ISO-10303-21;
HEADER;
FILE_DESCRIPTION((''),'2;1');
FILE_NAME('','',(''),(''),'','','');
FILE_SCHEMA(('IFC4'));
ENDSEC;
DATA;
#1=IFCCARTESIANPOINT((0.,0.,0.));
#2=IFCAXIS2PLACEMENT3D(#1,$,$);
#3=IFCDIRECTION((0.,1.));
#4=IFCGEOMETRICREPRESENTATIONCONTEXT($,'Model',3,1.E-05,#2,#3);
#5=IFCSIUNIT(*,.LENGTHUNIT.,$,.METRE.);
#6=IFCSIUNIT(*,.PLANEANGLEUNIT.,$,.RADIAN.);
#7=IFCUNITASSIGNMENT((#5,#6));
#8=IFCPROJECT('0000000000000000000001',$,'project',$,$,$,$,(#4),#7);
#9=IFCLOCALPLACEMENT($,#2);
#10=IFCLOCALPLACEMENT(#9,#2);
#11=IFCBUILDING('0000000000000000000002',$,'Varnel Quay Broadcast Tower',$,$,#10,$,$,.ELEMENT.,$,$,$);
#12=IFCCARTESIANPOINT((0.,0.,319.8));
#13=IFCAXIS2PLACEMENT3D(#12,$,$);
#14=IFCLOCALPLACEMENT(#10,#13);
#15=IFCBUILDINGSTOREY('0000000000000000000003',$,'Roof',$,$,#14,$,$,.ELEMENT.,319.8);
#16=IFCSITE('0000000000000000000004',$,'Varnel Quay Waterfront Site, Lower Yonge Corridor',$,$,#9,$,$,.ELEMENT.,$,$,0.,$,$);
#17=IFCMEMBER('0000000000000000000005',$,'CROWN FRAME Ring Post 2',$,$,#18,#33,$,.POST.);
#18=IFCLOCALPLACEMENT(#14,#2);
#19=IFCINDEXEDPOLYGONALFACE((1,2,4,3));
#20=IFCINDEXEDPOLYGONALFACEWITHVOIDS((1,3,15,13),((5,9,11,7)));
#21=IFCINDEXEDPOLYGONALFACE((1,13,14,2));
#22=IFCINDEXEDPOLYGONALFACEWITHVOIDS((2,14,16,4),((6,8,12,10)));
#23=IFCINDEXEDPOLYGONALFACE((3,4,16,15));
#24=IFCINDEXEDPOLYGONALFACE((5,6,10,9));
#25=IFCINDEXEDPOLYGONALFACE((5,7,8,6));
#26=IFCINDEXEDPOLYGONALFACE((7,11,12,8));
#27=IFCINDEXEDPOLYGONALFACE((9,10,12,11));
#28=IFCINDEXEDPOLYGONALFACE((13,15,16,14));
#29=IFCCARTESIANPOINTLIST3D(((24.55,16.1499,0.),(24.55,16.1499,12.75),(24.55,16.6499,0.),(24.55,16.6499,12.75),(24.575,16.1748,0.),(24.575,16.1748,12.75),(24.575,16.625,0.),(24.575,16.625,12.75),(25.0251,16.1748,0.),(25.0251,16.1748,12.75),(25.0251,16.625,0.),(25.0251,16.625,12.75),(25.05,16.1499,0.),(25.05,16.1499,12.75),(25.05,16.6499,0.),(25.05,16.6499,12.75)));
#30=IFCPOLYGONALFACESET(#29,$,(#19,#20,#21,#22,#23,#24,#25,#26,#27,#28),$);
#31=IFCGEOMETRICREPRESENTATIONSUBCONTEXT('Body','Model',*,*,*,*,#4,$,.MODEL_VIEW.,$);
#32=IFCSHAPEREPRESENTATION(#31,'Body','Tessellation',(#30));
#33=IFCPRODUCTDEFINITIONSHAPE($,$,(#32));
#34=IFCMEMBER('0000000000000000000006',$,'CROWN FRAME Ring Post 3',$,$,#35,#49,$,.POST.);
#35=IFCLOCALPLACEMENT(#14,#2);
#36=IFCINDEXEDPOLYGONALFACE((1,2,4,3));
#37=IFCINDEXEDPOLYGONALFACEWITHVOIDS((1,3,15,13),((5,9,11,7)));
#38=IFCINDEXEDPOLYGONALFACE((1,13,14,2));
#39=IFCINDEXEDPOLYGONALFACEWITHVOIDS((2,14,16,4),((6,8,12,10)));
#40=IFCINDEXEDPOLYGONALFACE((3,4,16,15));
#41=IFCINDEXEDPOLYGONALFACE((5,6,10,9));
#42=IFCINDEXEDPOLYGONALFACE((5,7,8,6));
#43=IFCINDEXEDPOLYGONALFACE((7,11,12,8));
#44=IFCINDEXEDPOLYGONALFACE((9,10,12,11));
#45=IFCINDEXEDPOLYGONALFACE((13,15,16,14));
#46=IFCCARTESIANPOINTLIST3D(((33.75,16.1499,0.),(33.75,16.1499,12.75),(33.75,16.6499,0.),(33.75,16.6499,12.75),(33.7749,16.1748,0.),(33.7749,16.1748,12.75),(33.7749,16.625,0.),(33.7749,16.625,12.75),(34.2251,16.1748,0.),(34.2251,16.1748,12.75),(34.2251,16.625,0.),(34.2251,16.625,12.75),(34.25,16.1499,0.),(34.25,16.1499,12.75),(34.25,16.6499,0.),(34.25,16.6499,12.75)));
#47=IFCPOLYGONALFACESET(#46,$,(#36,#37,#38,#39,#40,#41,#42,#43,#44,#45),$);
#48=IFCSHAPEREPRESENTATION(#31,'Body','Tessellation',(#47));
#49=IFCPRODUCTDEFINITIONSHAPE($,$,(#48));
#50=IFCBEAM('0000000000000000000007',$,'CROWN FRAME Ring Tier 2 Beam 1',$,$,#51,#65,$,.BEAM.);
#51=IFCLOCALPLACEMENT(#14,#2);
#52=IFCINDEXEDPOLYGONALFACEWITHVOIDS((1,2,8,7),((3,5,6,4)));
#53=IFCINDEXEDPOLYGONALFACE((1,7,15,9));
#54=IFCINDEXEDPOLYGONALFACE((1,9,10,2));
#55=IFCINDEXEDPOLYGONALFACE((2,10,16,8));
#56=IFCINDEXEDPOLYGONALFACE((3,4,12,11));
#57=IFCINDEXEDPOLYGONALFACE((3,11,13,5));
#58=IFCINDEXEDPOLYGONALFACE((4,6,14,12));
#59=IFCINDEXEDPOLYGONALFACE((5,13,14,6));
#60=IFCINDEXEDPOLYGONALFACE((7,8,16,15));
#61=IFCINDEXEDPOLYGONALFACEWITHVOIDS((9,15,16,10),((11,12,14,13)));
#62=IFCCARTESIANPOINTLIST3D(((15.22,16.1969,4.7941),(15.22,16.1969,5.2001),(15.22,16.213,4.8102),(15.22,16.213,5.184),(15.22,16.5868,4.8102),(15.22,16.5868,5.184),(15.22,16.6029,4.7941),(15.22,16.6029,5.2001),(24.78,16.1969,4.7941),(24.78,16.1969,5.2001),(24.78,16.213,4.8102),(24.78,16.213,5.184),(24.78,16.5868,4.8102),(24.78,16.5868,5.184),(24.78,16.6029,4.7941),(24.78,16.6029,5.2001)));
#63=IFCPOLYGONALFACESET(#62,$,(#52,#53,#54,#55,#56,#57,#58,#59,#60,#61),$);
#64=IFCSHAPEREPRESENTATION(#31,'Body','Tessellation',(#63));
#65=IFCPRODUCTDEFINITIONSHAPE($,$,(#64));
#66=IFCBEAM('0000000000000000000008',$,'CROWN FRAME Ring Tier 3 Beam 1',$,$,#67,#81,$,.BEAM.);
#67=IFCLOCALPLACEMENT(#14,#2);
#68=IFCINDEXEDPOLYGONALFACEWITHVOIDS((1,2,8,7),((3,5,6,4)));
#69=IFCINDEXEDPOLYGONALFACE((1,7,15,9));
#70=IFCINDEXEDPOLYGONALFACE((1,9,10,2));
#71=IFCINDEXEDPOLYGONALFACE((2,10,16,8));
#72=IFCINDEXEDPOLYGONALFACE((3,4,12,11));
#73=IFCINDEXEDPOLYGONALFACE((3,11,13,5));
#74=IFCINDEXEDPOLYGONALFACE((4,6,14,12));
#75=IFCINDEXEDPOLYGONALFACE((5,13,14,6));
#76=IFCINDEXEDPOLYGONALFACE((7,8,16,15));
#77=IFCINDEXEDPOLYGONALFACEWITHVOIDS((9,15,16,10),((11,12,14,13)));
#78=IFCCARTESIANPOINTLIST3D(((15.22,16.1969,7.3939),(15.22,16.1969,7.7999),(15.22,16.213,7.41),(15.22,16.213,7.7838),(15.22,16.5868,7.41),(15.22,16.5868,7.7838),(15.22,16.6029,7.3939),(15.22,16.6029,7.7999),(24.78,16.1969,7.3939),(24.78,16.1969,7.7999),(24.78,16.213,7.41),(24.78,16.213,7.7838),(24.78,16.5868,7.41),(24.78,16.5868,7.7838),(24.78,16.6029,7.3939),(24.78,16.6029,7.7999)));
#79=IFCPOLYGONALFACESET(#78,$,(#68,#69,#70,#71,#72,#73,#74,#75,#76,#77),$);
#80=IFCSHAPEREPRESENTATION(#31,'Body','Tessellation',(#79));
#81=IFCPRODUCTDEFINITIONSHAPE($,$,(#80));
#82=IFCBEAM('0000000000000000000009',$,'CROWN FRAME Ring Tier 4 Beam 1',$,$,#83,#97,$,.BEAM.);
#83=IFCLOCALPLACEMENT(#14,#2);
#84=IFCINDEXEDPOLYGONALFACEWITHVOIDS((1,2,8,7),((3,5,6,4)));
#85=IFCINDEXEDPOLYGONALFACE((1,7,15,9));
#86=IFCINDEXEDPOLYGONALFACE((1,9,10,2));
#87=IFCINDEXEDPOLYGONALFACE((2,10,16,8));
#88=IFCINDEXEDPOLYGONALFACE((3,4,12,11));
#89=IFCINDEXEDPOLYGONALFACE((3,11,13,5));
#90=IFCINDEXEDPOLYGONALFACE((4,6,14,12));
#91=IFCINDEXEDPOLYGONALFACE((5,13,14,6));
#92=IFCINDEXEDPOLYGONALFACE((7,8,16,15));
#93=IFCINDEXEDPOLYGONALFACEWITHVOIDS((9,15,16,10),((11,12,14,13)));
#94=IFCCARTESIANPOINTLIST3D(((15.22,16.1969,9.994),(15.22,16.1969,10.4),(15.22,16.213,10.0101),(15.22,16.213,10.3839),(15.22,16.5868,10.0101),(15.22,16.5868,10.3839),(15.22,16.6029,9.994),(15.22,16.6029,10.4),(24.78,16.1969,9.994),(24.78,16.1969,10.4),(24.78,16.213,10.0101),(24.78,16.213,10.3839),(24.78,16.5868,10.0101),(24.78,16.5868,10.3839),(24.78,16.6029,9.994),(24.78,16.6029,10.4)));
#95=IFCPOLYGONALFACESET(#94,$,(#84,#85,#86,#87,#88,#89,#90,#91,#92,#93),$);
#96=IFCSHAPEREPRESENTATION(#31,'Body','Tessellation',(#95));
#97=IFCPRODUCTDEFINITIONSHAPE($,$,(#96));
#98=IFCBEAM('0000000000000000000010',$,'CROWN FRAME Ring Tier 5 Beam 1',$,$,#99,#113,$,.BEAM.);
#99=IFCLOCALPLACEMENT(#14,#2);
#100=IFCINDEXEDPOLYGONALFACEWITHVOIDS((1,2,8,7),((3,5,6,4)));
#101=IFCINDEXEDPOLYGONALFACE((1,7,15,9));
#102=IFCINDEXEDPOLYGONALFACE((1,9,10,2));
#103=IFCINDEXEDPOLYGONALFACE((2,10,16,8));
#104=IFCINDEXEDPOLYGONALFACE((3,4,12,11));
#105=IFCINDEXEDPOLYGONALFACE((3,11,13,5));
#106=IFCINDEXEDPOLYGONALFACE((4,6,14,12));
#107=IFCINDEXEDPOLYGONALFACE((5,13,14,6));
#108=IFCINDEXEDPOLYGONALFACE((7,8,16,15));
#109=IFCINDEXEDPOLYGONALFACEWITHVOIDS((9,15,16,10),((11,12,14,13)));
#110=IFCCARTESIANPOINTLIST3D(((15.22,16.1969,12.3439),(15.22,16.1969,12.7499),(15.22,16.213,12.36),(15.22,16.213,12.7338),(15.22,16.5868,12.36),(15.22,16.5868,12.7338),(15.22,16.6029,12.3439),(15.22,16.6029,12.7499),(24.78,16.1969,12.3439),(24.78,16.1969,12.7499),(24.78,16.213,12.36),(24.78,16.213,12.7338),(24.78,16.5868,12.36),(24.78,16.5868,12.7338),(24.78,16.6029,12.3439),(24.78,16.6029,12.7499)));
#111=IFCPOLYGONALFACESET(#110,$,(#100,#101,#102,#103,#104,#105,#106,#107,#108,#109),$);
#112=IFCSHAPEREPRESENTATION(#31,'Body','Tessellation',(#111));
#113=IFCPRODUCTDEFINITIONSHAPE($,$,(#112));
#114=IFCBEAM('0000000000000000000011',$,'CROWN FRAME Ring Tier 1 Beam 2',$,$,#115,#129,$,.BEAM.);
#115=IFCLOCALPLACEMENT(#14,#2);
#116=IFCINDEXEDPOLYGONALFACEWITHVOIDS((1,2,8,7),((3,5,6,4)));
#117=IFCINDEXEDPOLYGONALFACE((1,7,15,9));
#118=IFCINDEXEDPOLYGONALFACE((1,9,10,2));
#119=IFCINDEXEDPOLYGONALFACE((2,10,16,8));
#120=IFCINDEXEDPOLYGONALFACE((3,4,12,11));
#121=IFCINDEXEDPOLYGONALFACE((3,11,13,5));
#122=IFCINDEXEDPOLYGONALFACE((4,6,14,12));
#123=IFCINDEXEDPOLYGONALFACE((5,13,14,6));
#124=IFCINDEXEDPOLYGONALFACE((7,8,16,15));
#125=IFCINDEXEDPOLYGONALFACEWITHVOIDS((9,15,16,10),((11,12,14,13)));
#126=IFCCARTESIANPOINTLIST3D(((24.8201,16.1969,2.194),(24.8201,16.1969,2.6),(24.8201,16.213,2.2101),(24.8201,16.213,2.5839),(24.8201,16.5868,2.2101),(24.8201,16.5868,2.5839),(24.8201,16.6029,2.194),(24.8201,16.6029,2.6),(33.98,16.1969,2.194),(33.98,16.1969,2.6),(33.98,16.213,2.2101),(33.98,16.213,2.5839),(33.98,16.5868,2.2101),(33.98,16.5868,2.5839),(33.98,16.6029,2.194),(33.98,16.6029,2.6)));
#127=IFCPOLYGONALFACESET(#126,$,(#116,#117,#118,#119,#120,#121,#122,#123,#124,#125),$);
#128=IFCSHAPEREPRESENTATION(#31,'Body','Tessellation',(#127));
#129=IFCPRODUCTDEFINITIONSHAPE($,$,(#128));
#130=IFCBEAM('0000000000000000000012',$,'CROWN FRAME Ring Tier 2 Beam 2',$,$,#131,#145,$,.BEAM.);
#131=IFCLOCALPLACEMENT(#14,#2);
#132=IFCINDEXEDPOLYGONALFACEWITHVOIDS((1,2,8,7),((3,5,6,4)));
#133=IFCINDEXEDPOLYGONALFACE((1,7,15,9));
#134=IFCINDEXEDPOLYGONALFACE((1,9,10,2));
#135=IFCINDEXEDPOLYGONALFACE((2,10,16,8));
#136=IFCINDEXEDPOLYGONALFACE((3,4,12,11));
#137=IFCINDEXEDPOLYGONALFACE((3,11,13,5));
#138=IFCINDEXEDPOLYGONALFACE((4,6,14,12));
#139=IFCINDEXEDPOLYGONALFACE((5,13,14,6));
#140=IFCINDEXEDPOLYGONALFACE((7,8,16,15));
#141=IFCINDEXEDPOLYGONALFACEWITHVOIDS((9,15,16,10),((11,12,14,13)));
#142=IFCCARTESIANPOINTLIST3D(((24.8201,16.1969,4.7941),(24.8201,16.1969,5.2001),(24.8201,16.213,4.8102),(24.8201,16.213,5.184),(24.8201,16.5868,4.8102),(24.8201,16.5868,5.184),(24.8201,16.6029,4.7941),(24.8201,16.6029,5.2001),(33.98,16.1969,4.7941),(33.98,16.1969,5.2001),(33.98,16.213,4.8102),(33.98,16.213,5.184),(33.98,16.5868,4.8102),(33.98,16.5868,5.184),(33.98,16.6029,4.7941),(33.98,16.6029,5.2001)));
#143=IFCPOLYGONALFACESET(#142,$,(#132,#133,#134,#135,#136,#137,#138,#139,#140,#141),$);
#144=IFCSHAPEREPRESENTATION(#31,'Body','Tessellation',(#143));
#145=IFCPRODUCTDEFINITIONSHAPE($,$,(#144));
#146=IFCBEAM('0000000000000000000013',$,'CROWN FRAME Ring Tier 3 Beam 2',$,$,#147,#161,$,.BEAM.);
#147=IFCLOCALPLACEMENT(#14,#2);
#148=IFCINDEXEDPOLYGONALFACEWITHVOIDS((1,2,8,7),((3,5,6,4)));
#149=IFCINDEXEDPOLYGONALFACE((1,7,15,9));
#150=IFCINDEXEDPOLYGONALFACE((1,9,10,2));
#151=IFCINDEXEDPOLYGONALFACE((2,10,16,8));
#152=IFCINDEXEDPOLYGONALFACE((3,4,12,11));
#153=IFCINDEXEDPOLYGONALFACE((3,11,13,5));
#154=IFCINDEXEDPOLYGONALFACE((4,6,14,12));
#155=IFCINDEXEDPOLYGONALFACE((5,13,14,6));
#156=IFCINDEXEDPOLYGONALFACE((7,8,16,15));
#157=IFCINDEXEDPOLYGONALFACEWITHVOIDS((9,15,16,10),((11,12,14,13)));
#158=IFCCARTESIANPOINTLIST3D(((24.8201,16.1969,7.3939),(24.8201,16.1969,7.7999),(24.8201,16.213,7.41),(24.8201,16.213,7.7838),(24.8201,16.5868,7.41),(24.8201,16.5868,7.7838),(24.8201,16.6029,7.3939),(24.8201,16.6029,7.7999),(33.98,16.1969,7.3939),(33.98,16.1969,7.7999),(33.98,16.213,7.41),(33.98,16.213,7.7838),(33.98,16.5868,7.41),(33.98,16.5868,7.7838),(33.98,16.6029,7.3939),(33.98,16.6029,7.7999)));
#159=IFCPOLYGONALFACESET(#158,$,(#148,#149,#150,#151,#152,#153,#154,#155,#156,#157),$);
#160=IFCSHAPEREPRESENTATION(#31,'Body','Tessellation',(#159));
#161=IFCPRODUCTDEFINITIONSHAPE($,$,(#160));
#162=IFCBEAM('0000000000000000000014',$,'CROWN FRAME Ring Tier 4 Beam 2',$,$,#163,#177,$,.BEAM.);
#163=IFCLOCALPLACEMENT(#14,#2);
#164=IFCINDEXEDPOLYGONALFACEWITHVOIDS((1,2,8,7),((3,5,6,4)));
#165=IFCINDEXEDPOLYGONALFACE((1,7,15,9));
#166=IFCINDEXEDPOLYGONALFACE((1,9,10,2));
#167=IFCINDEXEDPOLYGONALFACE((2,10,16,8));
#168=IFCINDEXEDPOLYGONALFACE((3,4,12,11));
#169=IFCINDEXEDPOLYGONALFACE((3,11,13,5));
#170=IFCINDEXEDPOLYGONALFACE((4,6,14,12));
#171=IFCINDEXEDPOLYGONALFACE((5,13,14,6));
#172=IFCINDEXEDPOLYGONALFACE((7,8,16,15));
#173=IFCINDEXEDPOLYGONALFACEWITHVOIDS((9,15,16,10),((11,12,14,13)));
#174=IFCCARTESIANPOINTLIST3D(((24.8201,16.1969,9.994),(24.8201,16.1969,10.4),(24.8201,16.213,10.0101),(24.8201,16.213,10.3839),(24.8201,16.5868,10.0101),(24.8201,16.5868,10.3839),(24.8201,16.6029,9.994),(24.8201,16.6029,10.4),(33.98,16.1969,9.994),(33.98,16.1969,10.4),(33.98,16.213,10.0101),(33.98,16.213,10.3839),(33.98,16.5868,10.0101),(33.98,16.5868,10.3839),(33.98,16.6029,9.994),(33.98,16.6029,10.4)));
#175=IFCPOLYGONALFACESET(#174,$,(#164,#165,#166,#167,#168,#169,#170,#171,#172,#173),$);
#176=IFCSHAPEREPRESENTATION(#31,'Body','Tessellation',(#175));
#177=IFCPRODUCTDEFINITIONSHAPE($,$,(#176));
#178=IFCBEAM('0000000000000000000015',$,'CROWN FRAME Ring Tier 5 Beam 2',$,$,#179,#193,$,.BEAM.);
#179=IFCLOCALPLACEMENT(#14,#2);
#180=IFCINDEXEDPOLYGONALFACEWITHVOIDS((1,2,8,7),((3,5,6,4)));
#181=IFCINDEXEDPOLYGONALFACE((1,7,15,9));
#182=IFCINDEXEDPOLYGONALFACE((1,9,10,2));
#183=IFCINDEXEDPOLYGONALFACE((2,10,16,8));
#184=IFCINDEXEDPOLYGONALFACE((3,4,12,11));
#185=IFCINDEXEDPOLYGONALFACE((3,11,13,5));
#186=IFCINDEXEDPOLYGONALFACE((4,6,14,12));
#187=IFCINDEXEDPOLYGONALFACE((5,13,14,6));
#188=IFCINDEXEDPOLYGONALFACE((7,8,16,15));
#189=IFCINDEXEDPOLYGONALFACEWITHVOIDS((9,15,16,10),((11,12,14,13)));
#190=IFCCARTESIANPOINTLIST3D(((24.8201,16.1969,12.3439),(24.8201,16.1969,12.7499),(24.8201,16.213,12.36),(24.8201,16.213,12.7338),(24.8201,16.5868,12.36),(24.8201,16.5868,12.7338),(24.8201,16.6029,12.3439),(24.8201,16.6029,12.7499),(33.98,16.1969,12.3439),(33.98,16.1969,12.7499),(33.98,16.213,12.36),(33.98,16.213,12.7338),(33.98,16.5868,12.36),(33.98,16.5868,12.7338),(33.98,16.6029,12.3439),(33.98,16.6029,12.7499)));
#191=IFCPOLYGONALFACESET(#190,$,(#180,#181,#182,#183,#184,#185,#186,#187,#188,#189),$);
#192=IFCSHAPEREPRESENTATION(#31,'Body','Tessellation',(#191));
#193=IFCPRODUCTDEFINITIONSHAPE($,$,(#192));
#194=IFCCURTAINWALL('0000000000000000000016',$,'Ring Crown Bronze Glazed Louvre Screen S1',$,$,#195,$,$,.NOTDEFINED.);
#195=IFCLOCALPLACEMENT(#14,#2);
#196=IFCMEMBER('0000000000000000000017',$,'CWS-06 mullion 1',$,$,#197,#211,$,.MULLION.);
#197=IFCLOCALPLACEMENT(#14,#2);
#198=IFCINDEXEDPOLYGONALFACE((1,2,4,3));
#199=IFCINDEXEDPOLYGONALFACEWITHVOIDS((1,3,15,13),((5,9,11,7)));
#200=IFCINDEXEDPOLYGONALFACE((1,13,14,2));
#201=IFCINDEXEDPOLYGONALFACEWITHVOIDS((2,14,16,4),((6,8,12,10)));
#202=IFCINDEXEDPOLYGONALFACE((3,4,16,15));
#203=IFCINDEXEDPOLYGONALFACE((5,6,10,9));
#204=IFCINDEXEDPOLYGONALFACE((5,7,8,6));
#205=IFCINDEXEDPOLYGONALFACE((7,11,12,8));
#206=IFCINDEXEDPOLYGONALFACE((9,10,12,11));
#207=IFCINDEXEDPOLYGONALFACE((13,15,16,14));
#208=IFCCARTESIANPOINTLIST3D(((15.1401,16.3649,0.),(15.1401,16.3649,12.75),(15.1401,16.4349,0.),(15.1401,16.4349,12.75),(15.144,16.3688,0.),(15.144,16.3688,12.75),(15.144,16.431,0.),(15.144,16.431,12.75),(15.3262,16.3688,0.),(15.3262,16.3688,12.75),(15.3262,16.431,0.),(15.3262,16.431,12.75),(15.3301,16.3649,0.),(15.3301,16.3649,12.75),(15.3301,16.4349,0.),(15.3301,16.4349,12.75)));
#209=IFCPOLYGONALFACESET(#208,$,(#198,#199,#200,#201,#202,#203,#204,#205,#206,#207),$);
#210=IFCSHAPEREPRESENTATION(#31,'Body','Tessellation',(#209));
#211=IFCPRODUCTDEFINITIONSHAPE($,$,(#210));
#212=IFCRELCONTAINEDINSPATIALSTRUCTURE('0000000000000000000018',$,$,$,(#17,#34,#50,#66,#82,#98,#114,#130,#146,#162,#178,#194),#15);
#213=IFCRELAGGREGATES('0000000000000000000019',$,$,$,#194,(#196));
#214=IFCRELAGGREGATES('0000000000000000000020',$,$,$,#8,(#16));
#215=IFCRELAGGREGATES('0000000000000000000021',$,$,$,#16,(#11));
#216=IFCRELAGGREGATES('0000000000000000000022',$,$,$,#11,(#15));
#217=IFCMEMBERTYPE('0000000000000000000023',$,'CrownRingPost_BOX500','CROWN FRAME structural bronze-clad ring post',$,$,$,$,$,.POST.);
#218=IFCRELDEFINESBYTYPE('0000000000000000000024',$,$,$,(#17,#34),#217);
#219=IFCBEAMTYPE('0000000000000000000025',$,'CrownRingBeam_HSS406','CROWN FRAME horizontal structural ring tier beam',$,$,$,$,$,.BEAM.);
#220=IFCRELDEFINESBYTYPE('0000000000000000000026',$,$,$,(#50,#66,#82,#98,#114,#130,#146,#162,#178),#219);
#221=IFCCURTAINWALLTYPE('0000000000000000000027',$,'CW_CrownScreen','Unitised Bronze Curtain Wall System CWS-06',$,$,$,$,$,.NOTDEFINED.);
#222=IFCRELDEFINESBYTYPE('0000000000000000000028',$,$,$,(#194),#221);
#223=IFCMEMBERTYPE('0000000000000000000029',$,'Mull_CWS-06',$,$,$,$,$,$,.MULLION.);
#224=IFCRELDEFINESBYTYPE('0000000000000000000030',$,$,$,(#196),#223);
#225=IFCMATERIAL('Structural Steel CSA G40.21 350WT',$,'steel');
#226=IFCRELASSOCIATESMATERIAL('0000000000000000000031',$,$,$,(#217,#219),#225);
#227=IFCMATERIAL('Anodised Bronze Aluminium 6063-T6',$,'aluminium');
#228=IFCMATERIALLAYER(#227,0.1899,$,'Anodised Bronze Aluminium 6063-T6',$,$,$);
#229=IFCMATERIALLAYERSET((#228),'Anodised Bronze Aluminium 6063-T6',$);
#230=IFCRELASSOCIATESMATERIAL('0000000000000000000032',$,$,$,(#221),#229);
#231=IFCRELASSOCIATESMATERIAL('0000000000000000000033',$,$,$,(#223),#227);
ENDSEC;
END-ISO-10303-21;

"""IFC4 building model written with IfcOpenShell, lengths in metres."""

from ifc_helpers import new_model, si_unit, direction, frame, origin, origin_2d, place, context, subcontext, project, spatial, hollow_rectangle, extrude, source, transform, mapped, material, layer, layer_set, material_profile, profile_set, type_object, type_shapes, element, aggregate, save


model = new_model("IFC4")

# Units and contexts
model_context = context("Model", 3, precision=1e-05, world=origin(), true_north=direction((0.0, 1.0)))
body_context = subcontext(model_context, "Body", "Model", "MODEL_VIEW")
ifc_project = project(units=[si_unit("LENGTHUNIT", "METRE"), si_unit("PLANEANGLEUNIT", "RADIAN")], contexts=[model_context])

# Site, building, storey
site_placement = place(None, origin())
site = spatial("IfcSite", under=ifc_project, at=site_placement, Name="Varnel Quay Waterfront Site, Lower Yonge Corridor", CompositionType="ELEMENT", RefElevation=0.0)
building_placement = place(site_placement, origin())
building = spatial("IfcBuilding", under=site, at=building_placement, Name="Varnel Quay Broadcast Tower", CompositionType="ELEMENT")
storey_placement = place(building_placement, frame((0.0, 0.0, 319.8)))
storey = spatial("IfcBuildingStorey", under=building, at=storey_placement, Name="Roof", CompositionType="ELEMENT", Elevation=319.8)

# Members
ifc_material_1 = material(Name="Structural Steel CSA G40.21 350WT", Category="steel")
ifc_material_profile_1 = material_profile(ifc_material_1, hollow_rectangle(XDim=0.5, YDim=0.5, WallThickness=0.0249, at=origin_2d()), Name="BOX500X500X25")
ifc_profile_set_1 = profile_set([ifc_material_profile_1], Name="Structural Steel CSA G40.21 350WT")
member_type_1 = type_object("IfcMemberType", Name="CrownRingPost_BOX500", Description="CROWN FRAME structural bronze-clad ring post", PredefinedType="POST", material=ifc_profile_set_1)
shared_shape_1 = source(origin(), body_context, "Body", "SweptSolid", [
    extrude(hollow_rectangle(XDim=0.5, YDim=0.5, WallThickness=0.0249, at=origin_2d()), origin(), (0.0, 0.0, 1.0), 12.75),
])
type_shapes(member_type_1, [shared_shape_1])
for number, where, z_axis, x_axis, name in (
    (1, (24.8, 16.3999, 0.0), (0.0, 0.0, 1.0), (1.0, 0.0, 0.0), "CROWN FRAME Ring Post 2"),
    (2, (34.0, 16.3999, 0.0), (0.0, 0.0, 1.0), (1.0, 0.0, 0.0), "CROWN FRAME Ring Post 3"),
):
    element("IfcMember", number, at=place(storey_placement, frame(where, z_axis=z_axis, x_axis=x_axis)), inside=storey, type_object=member_type_1, Name=name, PredefinedType="POST", context=body_context, shape_type="MappedRepresentation", body=[
        mapped(shared_shape_1, transform((0.0, 0.0, 0.0), x_axis=(1.0, 0.0, 0.0), y_axis=(0.0, 1.0, 0.0), z_axis=(0.0, 0.0, 1.0), scale=1.0)),
    ])

# Beams
ifc_material_profile_2 = material_profile(ifc_material_1, hollow_rectangle(XDim=0.406, YDim=0.406, WallThickness=0.0161, at=origin_2d()), Name="HSS406X406X16")
ifc_profile_set_2 = profile_set([ifc_material_profile_2], Name="Structural Steel CSA G40.21 350WT")
beam_type = type_object("IfcBeamType", Name="CrownRingBeam_HSS406", Description="CROWN FRAME horizontal structural ring tier beam", PredefinedType="BEAM", material=ifc_profile_set_2)
shared_shape_2 = source(origin(), body_context, "Body", "SweptSolid", [
    extrude(hollow_rectangle(XDim=0.406, YDim=0.406, WallThickness=0.0161, at=origin_2d()), origin(), (0.0, 0.0, 1.0), 9.5601),
])
for number, where, z_axis, x_axis, name in (
    (3, (15.22, 16.3999, 4.9971), (1.0, 0.0, 0.0), (0.0, 1.0, 0.0), "CROWN FRAME Ring Tier 2 Beam 1"),
    (4, (15.22, 16.3999, 7.5969), (1.0, 0.0, 0.0), (0.0, 1.0, 0.0), "CROWN FRAME Ring Tier 3 Beam 1"),
    (5, (15.22, 16.3999, 10.197), (1.0, 0.0, 0.0), (0.0, 1.0, 0.0), "CROWN FRAME Ring Tier 4 Beam 1"),
    (6, (15.22, 16.3999, 12.5469), (1.0, 0.0, 0.0), (0.0, 1.0, 0.0), "CROWN FRAME Ring Tier 5 Beam 1"),
):
    element("IfcBeam", number, at=place(storey_placement, frame(where, z_axis=z_axis, x_axis=x_axis)), inside=storey, type_object=beam_type, Name=name, PredefinedType="BEAM", context=body_context, shape_type="MappedRepresentation", body=[
        mapped(shared_shape_2, transform((0.0, 0.0, 0.0), x_axis=(1.0, 0.0, 0.0), y_axis=(0.0, 1.0, 0.0), z_axis=(0.0, 0.0, 1.0), scale=1.0)),
    ])
shared_shape_3 = source(origin(), body_context, "Body", "SweptSolid", [
    extrude(hollow_rectangle(XDim=0.406, YDim=0.406, WallThickness=0.0161, at=origin_2d()), origin(), (0.0, 0.0, 1.0), 9.1599),
])
type_shapes(beam_type, [shared_shape_2, shared_shape_3])
for number, where, z_axis, x_axis, name in (
    (7, (24.8201, 16.3999, 2.397), (1.0, 0.0, 0.0), (0.0, 1.0, 0.0), "CROWN FRAME Ring Tier 1 Beam 2"),
    (8, (24.8201, 16.3999, 4.9971), (1.0, 0.0, 0.0), (0.0, 1.0, 0.0), "CROWN FRAME Ring Tier 2 Beam 2"),
    (9, (24.8201, 16.3999, 7.5969), (1.0, 0.0, 0.0), (0.0, 1.0, 0.0), "CROWN FRAME Ring Tier 3 Beam 2"),
    (10, (24.8201, 16.3999, 10.197), (1.0, 0.0, 0.0), (0.0, 1.0, 0.0), "CROWN FRAME Ring Tier 4 Beam 2"),
    (11, (24.8201, 16.3999, 12.5469), (1.0, 0.0, 0.0), (0.0, 1.0, 0.0), "CROWN FRAME Ring Tier 5 Beam 2"),
):
    element("IfcBeam", number, at=place(storey_placement, frame(where, z_axis=z_axis, x_axis=x_axis)), inside=storey, type_object=beam_type, Name=name, PredefinedType="BEAM", context=body_context, shape_type="MappedRepresentation", body=[
        mapped(shared_shape_3, transform((0.0, 0.0, 0.0), x_axis=(1.0, 0.0, 0.0), y_axis=(0.0, 1.0, 0.0), z_axis=(0.0, 0.0, 1.0), scale=1.0)),
    ])

# Curtain wall, member
ifc_material_2 = material(Name="Anodised Bronze Aluminium 6063-T6", Category="aluminium")
ifc_layer_1 = layer(ifc_material_2, 0.1899, Name="Anodised Bronze Aluminium 6063-T6")
ifc_layer_set_1 = layer_set([ifc_layer_1], Name="Anodised Bronze Aluminium 6063-T6")
curtain_wall_type = type_object("IfcCurtainWallType", Name="CW_CrownScreen", Description="Unitised Bronze Curtain Wall System CWS-06", PredefinedType="NOTDEFINED", material=ifc_layer_set_1)
curtain_wall_placement = place(storey_placement, origin())
curtain_wall = element("IfcCurtainWall", 12, at=curtain_wall_placement, inside=storey, type_object=curtain_wall_type, Name="Ring Crown Bronze Glazed Louvre Screen S1", PredefinedType="NOTDEFINED")
ifc_material_profile_3 = material_profile(ifc_material_2, hollow_rectangle(XDim=0.0701, YDim=0.1899, WallThickness=0.0039, at=origin_2d()), Name="ALU70X190X4")
ifc_profile_set_3 = profile_set([ifc_material_profile_3], Name="Anodised Bronze Aluminium 6063-T6")
member_type_2 = type_object("IfcMemberType", Name="Mull_CWS-06", PredefinedType="MULLION", material=ifc_profile_set_3)
shared_shape_4 = source(origin(), body_context, "Body", "SweptSolid", [
    extrude(hollow_rectangle(XDim=0.0701, YDim=0.1899, WallThickness=0.0039, at=origin_2d()), origin(), (0.0, 0.0, 1.0), 12.75),
])
type_shapes(member_type_2, [shared_shape_4])
member_1_placement = place(storey_placement, frame((15.2351, 16.3999, 0.0), z_axis=(0.0, 0.0, 1.0), x_axis=(0.0, 1.0, 0.0)))
member_1 = element("IfcMember", 13, at=member_1_placement, type_object=member_type_2, Name="CWS-06 mullion 1", PredefinedType="MULLION", context=body_context, shape_type="MappedRepresentation", body=[
    mapped(shared_shape_4, transform((0.0, 0.0, 0.0), x_axis=(1.0, 0.0, 0.0), y_axis=(0.0, 1.0, 0.0), z_axis=(0.0, 0.0, 1.0), scale=1.0)),
])

aggregate(curtain_wall, [member_1])

save(model, "model.ifc")
